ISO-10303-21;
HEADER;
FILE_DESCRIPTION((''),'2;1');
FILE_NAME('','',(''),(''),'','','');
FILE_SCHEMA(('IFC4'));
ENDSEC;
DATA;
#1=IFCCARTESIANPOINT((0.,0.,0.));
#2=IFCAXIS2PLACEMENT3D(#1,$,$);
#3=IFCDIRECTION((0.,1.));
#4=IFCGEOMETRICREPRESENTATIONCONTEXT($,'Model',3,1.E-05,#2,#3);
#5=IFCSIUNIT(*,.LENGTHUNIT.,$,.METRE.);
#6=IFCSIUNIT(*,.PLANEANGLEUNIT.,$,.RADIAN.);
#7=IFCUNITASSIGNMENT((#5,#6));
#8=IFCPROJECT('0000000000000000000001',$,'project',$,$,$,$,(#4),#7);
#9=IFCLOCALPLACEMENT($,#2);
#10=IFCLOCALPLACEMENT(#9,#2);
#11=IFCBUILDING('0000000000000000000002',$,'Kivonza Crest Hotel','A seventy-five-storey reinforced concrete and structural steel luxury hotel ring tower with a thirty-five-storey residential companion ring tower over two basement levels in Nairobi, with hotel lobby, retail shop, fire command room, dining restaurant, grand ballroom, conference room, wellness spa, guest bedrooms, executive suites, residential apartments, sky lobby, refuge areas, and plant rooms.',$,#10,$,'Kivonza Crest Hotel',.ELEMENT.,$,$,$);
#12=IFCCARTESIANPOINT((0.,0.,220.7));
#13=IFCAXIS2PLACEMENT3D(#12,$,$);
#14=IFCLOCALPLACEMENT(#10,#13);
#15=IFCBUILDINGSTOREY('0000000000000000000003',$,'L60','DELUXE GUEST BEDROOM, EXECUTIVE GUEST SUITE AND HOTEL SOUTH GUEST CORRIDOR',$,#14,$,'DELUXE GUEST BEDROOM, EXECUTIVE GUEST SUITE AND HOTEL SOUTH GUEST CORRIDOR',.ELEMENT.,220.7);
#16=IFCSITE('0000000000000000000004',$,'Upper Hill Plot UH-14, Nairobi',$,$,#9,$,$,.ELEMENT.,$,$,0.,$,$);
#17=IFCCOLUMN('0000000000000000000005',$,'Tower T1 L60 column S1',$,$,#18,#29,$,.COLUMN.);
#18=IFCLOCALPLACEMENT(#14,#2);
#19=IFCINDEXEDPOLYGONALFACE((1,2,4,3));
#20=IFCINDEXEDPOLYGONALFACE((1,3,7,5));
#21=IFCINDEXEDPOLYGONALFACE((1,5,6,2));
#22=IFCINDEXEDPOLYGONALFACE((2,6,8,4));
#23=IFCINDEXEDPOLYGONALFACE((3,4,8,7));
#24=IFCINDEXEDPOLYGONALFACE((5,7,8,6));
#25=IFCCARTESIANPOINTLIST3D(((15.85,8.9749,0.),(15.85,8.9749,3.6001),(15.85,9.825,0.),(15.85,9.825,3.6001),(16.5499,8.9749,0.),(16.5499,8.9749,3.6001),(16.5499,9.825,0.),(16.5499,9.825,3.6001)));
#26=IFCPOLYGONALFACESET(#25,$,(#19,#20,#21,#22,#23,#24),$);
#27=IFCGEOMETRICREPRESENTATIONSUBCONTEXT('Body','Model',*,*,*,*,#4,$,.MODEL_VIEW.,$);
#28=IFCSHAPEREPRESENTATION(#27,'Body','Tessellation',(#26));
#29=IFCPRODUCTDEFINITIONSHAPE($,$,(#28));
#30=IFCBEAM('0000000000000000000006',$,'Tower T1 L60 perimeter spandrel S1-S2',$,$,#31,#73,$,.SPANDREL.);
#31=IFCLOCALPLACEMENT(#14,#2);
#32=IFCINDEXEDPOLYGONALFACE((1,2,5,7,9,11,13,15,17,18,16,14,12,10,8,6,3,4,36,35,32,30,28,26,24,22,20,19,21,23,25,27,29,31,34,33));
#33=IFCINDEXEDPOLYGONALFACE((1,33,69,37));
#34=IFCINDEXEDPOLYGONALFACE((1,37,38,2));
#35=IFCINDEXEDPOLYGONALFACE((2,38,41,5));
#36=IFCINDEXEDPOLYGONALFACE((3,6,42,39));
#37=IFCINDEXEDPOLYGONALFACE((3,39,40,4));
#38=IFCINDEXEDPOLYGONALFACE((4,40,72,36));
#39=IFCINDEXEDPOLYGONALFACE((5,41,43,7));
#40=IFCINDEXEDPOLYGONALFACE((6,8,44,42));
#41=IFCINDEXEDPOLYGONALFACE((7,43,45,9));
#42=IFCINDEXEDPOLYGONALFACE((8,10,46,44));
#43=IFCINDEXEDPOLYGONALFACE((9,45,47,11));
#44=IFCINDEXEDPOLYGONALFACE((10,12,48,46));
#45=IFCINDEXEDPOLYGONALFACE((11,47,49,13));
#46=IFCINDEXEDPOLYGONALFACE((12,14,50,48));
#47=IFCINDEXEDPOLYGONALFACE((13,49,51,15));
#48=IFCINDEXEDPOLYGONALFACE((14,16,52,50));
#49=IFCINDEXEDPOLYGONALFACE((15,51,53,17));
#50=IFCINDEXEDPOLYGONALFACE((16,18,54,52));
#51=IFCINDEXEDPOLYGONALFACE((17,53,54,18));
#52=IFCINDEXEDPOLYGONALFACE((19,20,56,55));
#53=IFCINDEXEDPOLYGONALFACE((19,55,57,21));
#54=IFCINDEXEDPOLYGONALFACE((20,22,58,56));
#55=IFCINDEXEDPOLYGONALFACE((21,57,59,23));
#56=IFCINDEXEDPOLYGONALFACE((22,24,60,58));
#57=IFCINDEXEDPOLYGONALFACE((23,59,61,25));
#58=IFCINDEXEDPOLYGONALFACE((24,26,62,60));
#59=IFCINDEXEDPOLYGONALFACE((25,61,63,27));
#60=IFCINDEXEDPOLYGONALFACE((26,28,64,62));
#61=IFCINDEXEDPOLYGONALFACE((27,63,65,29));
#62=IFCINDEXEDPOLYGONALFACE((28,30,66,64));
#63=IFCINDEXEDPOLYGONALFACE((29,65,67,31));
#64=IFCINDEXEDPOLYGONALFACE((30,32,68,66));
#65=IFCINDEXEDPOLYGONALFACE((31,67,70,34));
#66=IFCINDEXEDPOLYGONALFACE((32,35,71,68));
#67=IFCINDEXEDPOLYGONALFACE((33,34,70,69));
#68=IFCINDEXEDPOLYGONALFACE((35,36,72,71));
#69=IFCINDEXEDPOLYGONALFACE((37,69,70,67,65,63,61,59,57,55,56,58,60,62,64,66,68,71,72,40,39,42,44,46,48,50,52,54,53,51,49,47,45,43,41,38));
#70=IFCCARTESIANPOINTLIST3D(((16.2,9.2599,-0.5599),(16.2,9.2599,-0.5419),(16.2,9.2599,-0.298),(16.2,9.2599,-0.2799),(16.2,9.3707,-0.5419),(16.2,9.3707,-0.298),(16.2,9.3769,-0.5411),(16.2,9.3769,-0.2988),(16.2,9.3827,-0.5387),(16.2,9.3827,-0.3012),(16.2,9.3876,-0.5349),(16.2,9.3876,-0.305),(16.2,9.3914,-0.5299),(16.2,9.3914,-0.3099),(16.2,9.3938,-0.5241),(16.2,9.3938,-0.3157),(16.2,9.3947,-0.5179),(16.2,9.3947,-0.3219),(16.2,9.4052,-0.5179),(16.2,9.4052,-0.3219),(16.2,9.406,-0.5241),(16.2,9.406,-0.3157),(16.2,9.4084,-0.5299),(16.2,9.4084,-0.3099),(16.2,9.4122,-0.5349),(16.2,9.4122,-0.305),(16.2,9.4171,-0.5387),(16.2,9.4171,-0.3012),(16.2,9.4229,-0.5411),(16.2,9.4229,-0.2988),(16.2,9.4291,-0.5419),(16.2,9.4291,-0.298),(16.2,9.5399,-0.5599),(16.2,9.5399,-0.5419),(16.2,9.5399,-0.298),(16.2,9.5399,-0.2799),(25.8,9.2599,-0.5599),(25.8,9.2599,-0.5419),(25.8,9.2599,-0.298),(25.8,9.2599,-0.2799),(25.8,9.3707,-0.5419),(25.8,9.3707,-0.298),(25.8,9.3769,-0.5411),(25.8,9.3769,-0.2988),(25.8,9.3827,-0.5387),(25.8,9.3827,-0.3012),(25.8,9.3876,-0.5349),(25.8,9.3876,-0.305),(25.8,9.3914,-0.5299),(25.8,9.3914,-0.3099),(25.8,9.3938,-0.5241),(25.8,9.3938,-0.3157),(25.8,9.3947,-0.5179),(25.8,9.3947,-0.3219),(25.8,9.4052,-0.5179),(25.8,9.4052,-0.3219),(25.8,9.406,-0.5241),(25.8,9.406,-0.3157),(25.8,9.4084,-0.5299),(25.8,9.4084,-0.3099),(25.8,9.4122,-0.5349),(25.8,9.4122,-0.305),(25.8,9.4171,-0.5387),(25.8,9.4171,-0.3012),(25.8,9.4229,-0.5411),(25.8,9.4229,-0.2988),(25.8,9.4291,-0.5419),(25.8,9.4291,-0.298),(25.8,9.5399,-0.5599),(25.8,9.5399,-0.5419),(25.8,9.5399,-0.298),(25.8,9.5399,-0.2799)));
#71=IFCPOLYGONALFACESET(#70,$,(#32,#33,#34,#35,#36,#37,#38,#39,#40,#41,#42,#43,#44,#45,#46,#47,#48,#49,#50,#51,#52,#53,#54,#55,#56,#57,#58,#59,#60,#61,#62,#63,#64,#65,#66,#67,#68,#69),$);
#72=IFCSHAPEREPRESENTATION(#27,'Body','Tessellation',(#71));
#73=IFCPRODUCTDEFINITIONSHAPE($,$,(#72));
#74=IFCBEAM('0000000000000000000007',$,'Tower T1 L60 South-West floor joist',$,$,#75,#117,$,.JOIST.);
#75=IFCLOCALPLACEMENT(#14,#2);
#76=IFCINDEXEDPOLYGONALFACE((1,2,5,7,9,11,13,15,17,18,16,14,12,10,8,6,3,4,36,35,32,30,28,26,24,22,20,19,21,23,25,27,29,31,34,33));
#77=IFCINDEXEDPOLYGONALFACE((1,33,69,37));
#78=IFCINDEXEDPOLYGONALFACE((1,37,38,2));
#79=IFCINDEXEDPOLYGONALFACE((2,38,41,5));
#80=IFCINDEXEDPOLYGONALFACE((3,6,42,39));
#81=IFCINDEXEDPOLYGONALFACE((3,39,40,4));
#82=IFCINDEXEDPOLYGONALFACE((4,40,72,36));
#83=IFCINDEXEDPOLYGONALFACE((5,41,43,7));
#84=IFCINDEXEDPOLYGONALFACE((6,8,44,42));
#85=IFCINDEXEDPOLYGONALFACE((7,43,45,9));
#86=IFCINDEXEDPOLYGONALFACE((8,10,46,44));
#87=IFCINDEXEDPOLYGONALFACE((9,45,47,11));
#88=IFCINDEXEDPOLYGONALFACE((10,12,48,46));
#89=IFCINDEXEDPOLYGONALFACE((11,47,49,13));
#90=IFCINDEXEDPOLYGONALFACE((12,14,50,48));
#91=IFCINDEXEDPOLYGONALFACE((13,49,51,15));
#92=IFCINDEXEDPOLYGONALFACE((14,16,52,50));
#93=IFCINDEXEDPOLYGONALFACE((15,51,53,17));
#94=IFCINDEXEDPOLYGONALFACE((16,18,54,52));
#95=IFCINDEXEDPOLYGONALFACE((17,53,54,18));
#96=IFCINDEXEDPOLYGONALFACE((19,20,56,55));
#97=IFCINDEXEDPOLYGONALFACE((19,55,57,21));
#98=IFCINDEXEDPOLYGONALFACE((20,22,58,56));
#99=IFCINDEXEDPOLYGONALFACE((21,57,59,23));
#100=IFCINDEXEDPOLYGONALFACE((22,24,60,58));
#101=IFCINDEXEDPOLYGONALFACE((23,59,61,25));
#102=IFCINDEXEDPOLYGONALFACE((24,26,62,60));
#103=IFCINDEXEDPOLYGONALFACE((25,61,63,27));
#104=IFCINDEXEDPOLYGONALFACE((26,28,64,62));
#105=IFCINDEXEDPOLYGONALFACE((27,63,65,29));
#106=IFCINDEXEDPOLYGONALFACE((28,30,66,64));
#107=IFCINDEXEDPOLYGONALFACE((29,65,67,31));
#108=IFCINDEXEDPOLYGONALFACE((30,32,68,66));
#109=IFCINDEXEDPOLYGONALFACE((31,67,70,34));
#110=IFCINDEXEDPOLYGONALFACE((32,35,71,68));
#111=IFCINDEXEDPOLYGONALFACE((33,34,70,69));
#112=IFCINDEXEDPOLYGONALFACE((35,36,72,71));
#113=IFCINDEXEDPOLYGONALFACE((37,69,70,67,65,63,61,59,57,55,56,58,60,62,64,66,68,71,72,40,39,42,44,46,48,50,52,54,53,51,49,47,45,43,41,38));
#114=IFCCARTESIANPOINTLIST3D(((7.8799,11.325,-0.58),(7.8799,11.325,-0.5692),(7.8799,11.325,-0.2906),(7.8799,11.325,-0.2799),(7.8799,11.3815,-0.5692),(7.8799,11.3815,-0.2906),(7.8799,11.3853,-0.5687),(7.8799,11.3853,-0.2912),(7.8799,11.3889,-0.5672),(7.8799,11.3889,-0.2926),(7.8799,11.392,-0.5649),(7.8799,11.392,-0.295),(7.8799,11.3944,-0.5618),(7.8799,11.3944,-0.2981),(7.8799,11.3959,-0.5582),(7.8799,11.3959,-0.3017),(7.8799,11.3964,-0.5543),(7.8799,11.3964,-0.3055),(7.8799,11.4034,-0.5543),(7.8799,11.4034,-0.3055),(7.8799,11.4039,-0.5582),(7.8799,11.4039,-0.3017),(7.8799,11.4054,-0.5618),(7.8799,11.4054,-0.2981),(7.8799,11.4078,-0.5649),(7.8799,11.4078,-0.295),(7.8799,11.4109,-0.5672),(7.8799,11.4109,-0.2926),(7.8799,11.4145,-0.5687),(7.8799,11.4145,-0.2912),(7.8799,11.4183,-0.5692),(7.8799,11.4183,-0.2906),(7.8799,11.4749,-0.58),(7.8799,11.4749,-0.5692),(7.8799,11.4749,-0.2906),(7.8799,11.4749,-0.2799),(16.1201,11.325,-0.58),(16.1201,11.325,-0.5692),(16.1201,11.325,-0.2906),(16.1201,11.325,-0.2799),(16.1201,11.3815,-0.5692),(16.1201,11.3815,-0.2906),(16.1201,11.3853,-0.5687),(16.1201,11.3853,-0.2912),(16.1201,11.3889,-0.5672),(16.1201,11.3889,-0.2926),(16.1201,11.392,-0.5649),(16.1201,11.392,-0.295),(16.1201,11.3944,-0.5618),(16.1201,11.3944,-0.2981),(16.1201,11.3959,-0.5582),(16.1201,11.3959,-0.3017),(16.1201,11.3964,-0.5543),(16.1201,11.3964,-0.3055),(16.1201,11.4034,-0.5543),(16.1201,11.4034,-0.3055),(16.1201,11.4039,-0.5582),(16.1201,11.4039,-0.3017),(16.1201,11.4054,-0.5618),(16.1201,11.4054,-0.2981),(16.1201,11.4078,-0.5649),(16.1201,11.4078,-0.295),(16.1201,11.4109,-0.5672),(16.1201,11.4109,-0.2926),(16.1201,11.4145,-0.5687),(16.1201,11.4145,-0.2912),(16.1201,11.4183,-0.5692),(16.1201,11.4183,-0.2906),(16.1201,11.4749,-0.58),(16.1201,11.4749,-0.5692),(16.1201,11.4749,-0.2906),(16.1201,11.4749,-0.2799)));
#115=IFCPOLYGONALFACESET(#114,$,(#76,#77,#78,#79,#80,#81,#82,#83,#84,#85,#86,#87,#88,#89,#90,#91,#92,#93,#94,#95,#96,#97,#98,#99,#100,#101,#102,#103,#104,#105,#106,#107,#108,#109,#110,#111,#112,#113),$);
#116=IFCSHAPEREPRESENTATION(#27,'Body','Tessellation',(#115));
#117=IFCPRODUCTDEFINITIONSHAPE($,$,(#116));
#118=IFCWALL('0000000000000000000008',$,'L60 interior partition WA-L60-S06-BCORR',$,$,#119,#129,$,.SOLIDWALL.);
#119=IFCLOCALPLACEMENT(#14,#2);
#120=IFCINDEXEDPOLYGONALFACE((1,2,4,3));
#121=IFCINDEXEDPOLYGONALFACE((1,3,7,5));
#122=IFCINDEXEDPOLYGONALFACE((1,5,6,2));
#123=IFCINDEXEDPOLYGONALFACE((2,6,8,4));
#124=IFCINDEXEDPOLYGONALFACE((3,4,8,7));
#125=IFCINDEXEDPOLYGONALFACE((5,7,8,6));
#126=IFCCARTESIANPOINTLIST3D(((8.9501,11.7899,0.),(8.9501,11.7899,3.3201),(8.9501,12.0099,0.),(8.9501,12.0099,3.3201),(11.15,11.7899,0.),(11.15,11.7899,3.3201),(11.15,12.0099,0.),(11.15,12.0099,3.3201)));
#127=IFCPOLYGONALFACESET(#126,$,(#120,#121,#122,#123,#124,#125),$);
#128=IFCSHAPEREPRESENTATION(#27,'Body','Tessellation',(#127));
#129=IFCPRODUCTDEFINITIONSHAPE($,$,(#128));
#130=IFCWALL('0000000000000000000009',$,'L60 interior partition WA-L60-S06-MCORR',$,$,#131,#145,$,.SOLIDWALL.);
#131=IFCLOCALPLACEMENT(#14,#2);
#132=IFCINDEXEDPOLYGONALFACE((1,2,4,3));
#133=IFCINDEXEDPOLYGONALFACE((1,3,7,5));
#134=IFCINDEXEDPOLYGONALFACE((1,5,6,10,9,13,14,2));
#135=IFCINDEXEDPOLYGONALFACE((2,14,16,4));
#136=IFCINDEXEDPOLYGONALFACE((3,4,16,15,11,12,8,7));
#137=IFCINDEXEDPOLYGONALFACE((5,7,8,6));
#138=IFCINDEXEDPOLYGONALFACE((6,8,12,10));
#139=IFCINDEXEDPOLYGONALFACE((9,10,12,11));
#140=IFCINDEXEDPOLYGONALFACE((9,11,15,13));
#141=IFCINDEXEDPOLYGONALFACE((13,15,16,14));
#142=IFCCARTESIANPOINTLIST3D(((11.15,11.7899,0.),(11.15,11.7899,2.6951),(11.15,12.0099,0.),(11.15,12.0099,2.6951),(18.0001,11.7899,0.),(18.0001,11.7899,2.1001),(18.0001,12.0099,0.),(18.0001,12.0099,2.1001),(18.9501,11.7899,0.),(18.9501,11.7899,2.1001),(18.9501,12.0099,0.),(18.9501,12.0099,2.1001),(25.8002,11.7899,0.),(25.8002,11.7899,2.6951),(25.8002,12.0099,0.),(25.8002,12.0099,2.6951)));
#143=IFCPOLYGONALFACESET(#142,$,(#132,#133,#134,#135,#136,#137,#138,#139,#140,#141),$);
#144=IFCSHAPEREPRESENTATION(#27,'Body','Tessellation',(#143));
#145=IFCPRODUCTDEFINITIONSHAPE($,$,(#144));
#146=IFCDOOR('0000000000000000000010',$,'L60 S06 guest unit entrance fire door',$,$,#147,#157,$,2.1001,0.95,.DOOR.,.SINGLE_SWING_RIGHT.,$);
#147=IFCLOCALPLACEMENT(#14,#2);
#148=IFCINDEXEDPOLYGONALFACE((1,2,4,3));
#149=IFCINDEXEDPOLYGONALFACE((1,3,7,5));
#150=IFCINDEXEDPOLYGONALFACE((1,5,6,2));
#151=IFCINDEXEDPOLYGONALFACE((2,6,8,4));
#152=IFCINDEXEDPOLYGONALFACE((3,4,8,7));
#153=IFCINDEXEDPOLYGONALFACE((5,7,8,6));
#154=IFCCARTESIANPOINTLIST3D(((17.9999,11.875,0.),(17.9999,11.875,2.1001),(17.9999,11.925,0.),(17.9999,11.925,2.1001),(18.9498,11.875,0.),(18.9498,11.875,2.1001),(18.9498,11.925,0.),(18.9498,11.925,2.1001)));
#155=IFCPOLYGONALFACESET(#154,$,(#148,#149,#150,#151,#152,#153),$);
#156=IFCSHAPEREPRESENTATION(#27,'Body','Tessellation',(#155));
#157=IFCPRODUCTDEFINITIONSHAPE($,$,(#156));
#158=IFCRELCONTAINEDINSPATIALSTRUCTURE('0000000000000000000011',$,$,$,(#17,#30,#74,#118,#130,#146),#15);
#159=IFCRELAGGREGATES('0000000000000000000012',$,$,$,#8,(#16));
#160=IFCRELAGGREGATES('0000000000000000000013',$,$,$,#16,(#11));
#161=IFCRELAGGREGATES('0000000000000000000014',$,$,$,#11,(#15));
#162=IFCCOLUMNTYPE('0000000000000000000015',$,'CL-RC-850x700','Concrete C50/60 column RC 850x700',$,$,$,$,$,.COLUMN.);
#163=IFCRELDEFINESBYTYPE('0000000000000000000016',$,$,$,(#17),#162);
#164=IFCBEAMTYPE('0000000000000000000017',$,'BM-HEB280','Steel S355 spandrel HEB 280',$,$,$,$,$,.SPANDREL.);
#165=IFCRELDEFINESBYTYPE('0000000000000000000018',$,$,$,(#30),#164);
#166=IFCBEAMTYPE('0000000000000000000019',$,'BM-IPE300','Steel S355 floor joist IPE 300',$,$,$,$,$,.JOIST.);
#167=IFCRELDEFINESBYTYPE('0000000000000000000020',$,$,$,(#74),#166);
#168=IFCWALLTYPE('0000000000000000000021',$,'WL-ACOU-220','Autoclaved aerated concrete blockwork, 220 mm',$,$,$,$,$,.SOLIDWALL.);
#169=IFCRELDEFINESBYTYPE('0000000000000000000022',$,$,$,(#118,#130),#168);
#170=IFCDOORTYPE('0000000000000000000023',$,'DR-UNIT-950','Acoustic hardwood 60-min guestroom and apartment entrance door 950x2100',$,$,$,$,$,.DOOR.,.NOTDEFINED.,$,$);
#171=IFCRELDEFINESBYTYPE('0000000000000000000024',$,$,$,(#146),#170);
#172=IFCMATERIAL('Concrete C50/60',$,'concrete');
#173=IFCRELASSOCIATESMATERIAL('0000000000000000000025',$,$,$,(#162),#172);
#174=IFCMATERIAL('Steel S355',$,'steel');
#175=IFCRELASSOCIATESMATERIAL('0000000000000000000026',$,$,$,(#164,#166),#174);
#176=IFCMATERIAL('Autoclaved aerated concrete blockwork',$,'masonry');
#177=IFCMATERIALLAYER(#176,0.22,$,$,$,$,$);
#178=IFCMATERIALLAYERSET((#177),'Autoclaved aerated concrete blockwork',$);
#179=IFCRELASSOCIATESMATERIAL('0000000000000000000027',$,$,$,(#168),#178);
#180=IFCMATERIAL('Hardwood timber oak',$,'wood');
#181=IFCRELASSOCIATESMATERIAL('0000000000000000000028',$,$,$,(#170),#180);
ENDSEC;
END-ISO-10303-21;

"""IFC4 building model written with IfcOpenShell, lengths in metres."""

from ifc_helpers import new_model, si_unit, direction, frame, frame_2d, origin, origin_2d, place, context, subcontext, project, spatial, rectangle, i_section, extrude, material, layer, layer_set, material_profile, profile_set, type_object, element, fill, save


model = new_model("IFC4")

# Units and contexts
model_context = context("Model", 3, precision=1e-05, world=origin(), true_north=direction((0.0, 1.0)))
body_context = subcontext(model_context, "Body", "Model", "MODEL_VIEW")
ifc_project = project(units=[si_unit("LENGTHUNIT", "METRE"), si_unit("PLANEANGLEUNIT", "RADIAN")], contexts=[model_context])

# Site, building, storey
site_placement = place(None, origin())
site = spatial("IfcSite", under=ifc_project, at=site_placement, Name="Upper Hill Plot UH-14, Nairobi", CompositionType="ELEMENT", RefElevation=0.0)
building_placement = place(site_placement, origin())
building = spatial("IfcBuilding", under=site, at=building_placement, Name="Kivonza Crest Hotel", Description="A seventy-five-storey reinforced concrete and structural steel luxury hotel ring tower with a thirty-five-storey residential companion ring tower over two basement levels in Nairobi, with hotel lobby, retail shop, fire command room, dining restaurant, grand ballroom, conference room, wellness spa, guest bedrooms, executive suites, residential apartments, sky lobby, refuge areas, and plant rooms.", LongName="Kivonza Crest Hotel", CompositionType="ELEMENT")
storey_placement = place(building_placement, frame((0.0, 0.0, 220.7)))
storey = spatial("IfcBuildingStorey", under=building, at=storey_placement, Name="L60", Description="DELUXE GUEST BEDROOM, EXECUTIVE GUEST SUITE AND HOTEL SOUTH GUEST CORRIDOR", LongName="DELUXE GUEST BEDROOM, EXECUTIVE GUEST SUITE AND HOTEL SOUTH GUEST CORRIDOR", CompositionType="ELEMENT", Elevation=220.7)

# Column
ifc_material_1 = material(Name="Concrete C50/60", Category="concrete")
ifc_material_profile_1 = material_profile(ifc_material_1, rectangle(XDim=0.7, YDim=0.8501, at=origin_2d()), Name="RC 850x700")
ifc_profile_set_1 = profile_set([ifc_material_profile_1], Name="Concrete C50/60")
column_type = type_object("IfcColumnType", Name="CL-RC-850x700", Description="Concrete C50/60 column RC 850x700", PredefinedType="COLUMN", material=ifc_profile_set_1)
column_placement = place(storey_placement, frame((16.2, 9.3999, 0.0), z_axis=(0.0, 0.0, 1.0), x_axis=(1.0, 0.0, 0.0)))
element("IfcColumn", 1, at=column_placement, inside=storey, type_object=column_type, Name="Tower T1 L60 column S1", PredefinedType="COLUMN", context=body_context, shape_type="SweptSolid", body=[
    extrude(rectangle(XDim=0.7, YDim=0.8501, at=origin_2d()), origin(), (0.0, 0.0, 1.0), 3.6001),
])

# Beams
ifc_material_2 = material(Name="Steel S355", Category="steel")
ifc_material_profile_2 = material_profile(ifc_material_2, i_section(OverallWidth=0.28, OverallDepth=0.28, WebThickness=0.0105, FlangeThickness=0.0181, FilletRadius=0.0239, at=origin_2d()), Name="HEB 280")
ifc_profile_set_2 = profile_set([ifc_material_profile_2], Name="Steel S355")
beam_type_1 = type_object("IfcBeamType", Name="BM-HEB280", Description="Steel S355 spandrel HEB 280", PredefinedType="SPANDREL", material=ifc_profile_set_2)
beam_1_placement = place(storey_placement, frame((16.2, 9.3999, -0.4199), z_axis=(1.0, 0.0, 0.0), x_axis=(0.0, 1.0, 0.0)))
element("IfcBeam", 2, at=beam_1_placement, inside=storey, type_object=beam_type_1, Name="Tower T1 L60 perimeter spandrel S1-S2", PredefinedType="SPANDREL", context=body_context, shape_type="SweptSolid", body=[
    extrude(i_section(OverallWidth=0.28, OverallDepth=0.28, WebThickness=0.0105, FlangeThickness=0.0181, FilletRadius=0.0239, at=origin_2d()), origin(), (0.0, 0.0, 1.0), 9.6001),
])
ifc_material_profile_3 = material_profile(ifc_material_2, i_section(OverallWidth=0.1499, OverallDepth=0.3, WebThickness=0.0071, FlangeThickness=0.0107, FilletRadius=0.0149, at=origin_2d()), Name="IPE 300")
ifc_profile_set_3 = profile_set([ifc_material_profile_3], Name="Steel S355")
beam_type_2 = type_object("IfcBeamType", Name="BM-IPE300", Description="Steel S355 floor joist IPE 300", PredefinedType="JOIST", material=ifc_profile_set_3)
beam_2_placement = place(storey_placement, frame((7.8799, 11.3999, -0.4299), z_axis=(1.0, 0.0, 0.0), x_axis=(0.0, 1.0, 0.0)))
element("IfcBeam", 3, at=beam_2_placement, inside=storey, type_object=beam_type_2, Name="Tower T1 L60 South-West floor joist", PredefinedType="JOIST", context=body_context, shape_type="SweptSolid", body=[
    extrude(i_section(OverallWidth=0.1499, OverallDepth=0.3, WebThickness=0.0071, FlangeThickness=0.0107, FilletRadius=0.0149, at=origin_2d()), origin(), (0.0, 0.0, 1.0), 8.2402),
])

# Wall
ifc_material_3 = material(Name="Autoclaved aerated concrete blockwork", Category="masonry")
ifc_layer_1 = layer(ifc_material_3, 0.22)
ifc_layer_set_1 = layer_set([ifc_layer_1], Name="Autoclaved aerated concrete blockwork")
wall_type_1 = type_object("IfcWallType", Name="WL-ACOU-220", Description="Autoclaved aerated concrete blockwork, 220 mm", PredefinedType="SOLIDWALL", material=ifc_layer_set_1)
wall_1_placement = place(storey_placement, frame((8.95, 11.8999, 0.0), z_axis=(0.0, 0.0, 1.0), x_axis=(1.0, 0.0, 0.0)))
element("IfcWall", 4, at=wall_1_placement, inside=storey, type_object=wall_type_1, Name="L60 interior partition WA-L60-S06-BCORR", PredefinedType="SOLIDWALL", context=body_context, shape_type="SweptSolid", body=[
    extrude(rectangle(XDim=2.2, YDim=0.22, at=frame_2d((1.1001, 0.0))), origin(), (0.0, 0.0, 1.0), 3.3201),
])

# Wall, opening, door
wall_2_placement = place(storey_placement, frame((11.1499, 11.8999, 0.0), z_axis=(0.0, 0.0, 1.0), x_axis=(1.0, 0.0, 0.0)))
wall_2 = element("IfcWall", 5, at=wall_2_placement, inside=storey, type_object=wall_type_1, Name="L60 interior partition WA-L60-S06-MCORR", PredefinedType="SOLIDWALL", context=body_context, shape_type="SweptSolid", body=[
    extrude(rectangle(XDim=14.6501, YDim=0.22, at=frame_2d((7.3252, 0.0))), origin(), (0.0, 0.0, 1.0), 2.6951),
])
opening_1_placement = place(wall_2_placement, frame((6.8501, 0.0, 0.0)))
opening_1 = element("IfcOpeningElement", 6, at=opening_1_placement, cuts=wall_2, PredefinedType="OPENING", context=body_context, shape_type="SweptSolid", body=[
    extrude(rectangle(XDim=0.95, YDim=2.1001, at=frame_2d((0.4751, 1.05))), frame((0.0, 0.1201, 0.0), z_axis=(0.0, -1.0, 0.0), x_axis=(1.0, 0.0, 0.0)), (0.0, 0.0, 1.0), 0.24),
])
ifc_material_4 = material(Name="Hardwood timber oak", Category="wood")
door_type_1 = type_object("IfcDoorType", Name="DR-UNIT-950", Description="Acoustic hardwood 60-min guestroom and apartment entrance door 950x2100", OperationType="NOTDEFINED", PredefinedType="DOOR", material=ifc_material_4)
door_1_placement = place(opening_1_placement, frame((0.95, 0.0, 0.0), z_axis=(0.0, 0.0, 1.0), x_axis=(-1.0, 0.0, 0.0)))
door_1 = element("IfcDoor", 7, at=door_1_placement, inside=storey, type_object=door_type_1, Name="L60 S06 guest unit entrance fire door", OperationType="SINGLE_SWING_RIGHT", OverallHeight=2.1001, OverallWidth=0.95, PredefinedType="DOOR", context=body_context, shape_type="SweptSolid", body=[
    extrude(rectangle(XDim=0.95, YDim=2.1001, at=frame_2d((0.4751, 1.05))), frame((0.0, 0.0249, 0.0), z_axis=(0.0, -1.0, 0.0), x_axis=(1.0, 0.0, 0.0)), (0.0, 0.0, 1.0), 0.05),
])
fill(opening_1, door_1)

save(model, "model.ifc")
